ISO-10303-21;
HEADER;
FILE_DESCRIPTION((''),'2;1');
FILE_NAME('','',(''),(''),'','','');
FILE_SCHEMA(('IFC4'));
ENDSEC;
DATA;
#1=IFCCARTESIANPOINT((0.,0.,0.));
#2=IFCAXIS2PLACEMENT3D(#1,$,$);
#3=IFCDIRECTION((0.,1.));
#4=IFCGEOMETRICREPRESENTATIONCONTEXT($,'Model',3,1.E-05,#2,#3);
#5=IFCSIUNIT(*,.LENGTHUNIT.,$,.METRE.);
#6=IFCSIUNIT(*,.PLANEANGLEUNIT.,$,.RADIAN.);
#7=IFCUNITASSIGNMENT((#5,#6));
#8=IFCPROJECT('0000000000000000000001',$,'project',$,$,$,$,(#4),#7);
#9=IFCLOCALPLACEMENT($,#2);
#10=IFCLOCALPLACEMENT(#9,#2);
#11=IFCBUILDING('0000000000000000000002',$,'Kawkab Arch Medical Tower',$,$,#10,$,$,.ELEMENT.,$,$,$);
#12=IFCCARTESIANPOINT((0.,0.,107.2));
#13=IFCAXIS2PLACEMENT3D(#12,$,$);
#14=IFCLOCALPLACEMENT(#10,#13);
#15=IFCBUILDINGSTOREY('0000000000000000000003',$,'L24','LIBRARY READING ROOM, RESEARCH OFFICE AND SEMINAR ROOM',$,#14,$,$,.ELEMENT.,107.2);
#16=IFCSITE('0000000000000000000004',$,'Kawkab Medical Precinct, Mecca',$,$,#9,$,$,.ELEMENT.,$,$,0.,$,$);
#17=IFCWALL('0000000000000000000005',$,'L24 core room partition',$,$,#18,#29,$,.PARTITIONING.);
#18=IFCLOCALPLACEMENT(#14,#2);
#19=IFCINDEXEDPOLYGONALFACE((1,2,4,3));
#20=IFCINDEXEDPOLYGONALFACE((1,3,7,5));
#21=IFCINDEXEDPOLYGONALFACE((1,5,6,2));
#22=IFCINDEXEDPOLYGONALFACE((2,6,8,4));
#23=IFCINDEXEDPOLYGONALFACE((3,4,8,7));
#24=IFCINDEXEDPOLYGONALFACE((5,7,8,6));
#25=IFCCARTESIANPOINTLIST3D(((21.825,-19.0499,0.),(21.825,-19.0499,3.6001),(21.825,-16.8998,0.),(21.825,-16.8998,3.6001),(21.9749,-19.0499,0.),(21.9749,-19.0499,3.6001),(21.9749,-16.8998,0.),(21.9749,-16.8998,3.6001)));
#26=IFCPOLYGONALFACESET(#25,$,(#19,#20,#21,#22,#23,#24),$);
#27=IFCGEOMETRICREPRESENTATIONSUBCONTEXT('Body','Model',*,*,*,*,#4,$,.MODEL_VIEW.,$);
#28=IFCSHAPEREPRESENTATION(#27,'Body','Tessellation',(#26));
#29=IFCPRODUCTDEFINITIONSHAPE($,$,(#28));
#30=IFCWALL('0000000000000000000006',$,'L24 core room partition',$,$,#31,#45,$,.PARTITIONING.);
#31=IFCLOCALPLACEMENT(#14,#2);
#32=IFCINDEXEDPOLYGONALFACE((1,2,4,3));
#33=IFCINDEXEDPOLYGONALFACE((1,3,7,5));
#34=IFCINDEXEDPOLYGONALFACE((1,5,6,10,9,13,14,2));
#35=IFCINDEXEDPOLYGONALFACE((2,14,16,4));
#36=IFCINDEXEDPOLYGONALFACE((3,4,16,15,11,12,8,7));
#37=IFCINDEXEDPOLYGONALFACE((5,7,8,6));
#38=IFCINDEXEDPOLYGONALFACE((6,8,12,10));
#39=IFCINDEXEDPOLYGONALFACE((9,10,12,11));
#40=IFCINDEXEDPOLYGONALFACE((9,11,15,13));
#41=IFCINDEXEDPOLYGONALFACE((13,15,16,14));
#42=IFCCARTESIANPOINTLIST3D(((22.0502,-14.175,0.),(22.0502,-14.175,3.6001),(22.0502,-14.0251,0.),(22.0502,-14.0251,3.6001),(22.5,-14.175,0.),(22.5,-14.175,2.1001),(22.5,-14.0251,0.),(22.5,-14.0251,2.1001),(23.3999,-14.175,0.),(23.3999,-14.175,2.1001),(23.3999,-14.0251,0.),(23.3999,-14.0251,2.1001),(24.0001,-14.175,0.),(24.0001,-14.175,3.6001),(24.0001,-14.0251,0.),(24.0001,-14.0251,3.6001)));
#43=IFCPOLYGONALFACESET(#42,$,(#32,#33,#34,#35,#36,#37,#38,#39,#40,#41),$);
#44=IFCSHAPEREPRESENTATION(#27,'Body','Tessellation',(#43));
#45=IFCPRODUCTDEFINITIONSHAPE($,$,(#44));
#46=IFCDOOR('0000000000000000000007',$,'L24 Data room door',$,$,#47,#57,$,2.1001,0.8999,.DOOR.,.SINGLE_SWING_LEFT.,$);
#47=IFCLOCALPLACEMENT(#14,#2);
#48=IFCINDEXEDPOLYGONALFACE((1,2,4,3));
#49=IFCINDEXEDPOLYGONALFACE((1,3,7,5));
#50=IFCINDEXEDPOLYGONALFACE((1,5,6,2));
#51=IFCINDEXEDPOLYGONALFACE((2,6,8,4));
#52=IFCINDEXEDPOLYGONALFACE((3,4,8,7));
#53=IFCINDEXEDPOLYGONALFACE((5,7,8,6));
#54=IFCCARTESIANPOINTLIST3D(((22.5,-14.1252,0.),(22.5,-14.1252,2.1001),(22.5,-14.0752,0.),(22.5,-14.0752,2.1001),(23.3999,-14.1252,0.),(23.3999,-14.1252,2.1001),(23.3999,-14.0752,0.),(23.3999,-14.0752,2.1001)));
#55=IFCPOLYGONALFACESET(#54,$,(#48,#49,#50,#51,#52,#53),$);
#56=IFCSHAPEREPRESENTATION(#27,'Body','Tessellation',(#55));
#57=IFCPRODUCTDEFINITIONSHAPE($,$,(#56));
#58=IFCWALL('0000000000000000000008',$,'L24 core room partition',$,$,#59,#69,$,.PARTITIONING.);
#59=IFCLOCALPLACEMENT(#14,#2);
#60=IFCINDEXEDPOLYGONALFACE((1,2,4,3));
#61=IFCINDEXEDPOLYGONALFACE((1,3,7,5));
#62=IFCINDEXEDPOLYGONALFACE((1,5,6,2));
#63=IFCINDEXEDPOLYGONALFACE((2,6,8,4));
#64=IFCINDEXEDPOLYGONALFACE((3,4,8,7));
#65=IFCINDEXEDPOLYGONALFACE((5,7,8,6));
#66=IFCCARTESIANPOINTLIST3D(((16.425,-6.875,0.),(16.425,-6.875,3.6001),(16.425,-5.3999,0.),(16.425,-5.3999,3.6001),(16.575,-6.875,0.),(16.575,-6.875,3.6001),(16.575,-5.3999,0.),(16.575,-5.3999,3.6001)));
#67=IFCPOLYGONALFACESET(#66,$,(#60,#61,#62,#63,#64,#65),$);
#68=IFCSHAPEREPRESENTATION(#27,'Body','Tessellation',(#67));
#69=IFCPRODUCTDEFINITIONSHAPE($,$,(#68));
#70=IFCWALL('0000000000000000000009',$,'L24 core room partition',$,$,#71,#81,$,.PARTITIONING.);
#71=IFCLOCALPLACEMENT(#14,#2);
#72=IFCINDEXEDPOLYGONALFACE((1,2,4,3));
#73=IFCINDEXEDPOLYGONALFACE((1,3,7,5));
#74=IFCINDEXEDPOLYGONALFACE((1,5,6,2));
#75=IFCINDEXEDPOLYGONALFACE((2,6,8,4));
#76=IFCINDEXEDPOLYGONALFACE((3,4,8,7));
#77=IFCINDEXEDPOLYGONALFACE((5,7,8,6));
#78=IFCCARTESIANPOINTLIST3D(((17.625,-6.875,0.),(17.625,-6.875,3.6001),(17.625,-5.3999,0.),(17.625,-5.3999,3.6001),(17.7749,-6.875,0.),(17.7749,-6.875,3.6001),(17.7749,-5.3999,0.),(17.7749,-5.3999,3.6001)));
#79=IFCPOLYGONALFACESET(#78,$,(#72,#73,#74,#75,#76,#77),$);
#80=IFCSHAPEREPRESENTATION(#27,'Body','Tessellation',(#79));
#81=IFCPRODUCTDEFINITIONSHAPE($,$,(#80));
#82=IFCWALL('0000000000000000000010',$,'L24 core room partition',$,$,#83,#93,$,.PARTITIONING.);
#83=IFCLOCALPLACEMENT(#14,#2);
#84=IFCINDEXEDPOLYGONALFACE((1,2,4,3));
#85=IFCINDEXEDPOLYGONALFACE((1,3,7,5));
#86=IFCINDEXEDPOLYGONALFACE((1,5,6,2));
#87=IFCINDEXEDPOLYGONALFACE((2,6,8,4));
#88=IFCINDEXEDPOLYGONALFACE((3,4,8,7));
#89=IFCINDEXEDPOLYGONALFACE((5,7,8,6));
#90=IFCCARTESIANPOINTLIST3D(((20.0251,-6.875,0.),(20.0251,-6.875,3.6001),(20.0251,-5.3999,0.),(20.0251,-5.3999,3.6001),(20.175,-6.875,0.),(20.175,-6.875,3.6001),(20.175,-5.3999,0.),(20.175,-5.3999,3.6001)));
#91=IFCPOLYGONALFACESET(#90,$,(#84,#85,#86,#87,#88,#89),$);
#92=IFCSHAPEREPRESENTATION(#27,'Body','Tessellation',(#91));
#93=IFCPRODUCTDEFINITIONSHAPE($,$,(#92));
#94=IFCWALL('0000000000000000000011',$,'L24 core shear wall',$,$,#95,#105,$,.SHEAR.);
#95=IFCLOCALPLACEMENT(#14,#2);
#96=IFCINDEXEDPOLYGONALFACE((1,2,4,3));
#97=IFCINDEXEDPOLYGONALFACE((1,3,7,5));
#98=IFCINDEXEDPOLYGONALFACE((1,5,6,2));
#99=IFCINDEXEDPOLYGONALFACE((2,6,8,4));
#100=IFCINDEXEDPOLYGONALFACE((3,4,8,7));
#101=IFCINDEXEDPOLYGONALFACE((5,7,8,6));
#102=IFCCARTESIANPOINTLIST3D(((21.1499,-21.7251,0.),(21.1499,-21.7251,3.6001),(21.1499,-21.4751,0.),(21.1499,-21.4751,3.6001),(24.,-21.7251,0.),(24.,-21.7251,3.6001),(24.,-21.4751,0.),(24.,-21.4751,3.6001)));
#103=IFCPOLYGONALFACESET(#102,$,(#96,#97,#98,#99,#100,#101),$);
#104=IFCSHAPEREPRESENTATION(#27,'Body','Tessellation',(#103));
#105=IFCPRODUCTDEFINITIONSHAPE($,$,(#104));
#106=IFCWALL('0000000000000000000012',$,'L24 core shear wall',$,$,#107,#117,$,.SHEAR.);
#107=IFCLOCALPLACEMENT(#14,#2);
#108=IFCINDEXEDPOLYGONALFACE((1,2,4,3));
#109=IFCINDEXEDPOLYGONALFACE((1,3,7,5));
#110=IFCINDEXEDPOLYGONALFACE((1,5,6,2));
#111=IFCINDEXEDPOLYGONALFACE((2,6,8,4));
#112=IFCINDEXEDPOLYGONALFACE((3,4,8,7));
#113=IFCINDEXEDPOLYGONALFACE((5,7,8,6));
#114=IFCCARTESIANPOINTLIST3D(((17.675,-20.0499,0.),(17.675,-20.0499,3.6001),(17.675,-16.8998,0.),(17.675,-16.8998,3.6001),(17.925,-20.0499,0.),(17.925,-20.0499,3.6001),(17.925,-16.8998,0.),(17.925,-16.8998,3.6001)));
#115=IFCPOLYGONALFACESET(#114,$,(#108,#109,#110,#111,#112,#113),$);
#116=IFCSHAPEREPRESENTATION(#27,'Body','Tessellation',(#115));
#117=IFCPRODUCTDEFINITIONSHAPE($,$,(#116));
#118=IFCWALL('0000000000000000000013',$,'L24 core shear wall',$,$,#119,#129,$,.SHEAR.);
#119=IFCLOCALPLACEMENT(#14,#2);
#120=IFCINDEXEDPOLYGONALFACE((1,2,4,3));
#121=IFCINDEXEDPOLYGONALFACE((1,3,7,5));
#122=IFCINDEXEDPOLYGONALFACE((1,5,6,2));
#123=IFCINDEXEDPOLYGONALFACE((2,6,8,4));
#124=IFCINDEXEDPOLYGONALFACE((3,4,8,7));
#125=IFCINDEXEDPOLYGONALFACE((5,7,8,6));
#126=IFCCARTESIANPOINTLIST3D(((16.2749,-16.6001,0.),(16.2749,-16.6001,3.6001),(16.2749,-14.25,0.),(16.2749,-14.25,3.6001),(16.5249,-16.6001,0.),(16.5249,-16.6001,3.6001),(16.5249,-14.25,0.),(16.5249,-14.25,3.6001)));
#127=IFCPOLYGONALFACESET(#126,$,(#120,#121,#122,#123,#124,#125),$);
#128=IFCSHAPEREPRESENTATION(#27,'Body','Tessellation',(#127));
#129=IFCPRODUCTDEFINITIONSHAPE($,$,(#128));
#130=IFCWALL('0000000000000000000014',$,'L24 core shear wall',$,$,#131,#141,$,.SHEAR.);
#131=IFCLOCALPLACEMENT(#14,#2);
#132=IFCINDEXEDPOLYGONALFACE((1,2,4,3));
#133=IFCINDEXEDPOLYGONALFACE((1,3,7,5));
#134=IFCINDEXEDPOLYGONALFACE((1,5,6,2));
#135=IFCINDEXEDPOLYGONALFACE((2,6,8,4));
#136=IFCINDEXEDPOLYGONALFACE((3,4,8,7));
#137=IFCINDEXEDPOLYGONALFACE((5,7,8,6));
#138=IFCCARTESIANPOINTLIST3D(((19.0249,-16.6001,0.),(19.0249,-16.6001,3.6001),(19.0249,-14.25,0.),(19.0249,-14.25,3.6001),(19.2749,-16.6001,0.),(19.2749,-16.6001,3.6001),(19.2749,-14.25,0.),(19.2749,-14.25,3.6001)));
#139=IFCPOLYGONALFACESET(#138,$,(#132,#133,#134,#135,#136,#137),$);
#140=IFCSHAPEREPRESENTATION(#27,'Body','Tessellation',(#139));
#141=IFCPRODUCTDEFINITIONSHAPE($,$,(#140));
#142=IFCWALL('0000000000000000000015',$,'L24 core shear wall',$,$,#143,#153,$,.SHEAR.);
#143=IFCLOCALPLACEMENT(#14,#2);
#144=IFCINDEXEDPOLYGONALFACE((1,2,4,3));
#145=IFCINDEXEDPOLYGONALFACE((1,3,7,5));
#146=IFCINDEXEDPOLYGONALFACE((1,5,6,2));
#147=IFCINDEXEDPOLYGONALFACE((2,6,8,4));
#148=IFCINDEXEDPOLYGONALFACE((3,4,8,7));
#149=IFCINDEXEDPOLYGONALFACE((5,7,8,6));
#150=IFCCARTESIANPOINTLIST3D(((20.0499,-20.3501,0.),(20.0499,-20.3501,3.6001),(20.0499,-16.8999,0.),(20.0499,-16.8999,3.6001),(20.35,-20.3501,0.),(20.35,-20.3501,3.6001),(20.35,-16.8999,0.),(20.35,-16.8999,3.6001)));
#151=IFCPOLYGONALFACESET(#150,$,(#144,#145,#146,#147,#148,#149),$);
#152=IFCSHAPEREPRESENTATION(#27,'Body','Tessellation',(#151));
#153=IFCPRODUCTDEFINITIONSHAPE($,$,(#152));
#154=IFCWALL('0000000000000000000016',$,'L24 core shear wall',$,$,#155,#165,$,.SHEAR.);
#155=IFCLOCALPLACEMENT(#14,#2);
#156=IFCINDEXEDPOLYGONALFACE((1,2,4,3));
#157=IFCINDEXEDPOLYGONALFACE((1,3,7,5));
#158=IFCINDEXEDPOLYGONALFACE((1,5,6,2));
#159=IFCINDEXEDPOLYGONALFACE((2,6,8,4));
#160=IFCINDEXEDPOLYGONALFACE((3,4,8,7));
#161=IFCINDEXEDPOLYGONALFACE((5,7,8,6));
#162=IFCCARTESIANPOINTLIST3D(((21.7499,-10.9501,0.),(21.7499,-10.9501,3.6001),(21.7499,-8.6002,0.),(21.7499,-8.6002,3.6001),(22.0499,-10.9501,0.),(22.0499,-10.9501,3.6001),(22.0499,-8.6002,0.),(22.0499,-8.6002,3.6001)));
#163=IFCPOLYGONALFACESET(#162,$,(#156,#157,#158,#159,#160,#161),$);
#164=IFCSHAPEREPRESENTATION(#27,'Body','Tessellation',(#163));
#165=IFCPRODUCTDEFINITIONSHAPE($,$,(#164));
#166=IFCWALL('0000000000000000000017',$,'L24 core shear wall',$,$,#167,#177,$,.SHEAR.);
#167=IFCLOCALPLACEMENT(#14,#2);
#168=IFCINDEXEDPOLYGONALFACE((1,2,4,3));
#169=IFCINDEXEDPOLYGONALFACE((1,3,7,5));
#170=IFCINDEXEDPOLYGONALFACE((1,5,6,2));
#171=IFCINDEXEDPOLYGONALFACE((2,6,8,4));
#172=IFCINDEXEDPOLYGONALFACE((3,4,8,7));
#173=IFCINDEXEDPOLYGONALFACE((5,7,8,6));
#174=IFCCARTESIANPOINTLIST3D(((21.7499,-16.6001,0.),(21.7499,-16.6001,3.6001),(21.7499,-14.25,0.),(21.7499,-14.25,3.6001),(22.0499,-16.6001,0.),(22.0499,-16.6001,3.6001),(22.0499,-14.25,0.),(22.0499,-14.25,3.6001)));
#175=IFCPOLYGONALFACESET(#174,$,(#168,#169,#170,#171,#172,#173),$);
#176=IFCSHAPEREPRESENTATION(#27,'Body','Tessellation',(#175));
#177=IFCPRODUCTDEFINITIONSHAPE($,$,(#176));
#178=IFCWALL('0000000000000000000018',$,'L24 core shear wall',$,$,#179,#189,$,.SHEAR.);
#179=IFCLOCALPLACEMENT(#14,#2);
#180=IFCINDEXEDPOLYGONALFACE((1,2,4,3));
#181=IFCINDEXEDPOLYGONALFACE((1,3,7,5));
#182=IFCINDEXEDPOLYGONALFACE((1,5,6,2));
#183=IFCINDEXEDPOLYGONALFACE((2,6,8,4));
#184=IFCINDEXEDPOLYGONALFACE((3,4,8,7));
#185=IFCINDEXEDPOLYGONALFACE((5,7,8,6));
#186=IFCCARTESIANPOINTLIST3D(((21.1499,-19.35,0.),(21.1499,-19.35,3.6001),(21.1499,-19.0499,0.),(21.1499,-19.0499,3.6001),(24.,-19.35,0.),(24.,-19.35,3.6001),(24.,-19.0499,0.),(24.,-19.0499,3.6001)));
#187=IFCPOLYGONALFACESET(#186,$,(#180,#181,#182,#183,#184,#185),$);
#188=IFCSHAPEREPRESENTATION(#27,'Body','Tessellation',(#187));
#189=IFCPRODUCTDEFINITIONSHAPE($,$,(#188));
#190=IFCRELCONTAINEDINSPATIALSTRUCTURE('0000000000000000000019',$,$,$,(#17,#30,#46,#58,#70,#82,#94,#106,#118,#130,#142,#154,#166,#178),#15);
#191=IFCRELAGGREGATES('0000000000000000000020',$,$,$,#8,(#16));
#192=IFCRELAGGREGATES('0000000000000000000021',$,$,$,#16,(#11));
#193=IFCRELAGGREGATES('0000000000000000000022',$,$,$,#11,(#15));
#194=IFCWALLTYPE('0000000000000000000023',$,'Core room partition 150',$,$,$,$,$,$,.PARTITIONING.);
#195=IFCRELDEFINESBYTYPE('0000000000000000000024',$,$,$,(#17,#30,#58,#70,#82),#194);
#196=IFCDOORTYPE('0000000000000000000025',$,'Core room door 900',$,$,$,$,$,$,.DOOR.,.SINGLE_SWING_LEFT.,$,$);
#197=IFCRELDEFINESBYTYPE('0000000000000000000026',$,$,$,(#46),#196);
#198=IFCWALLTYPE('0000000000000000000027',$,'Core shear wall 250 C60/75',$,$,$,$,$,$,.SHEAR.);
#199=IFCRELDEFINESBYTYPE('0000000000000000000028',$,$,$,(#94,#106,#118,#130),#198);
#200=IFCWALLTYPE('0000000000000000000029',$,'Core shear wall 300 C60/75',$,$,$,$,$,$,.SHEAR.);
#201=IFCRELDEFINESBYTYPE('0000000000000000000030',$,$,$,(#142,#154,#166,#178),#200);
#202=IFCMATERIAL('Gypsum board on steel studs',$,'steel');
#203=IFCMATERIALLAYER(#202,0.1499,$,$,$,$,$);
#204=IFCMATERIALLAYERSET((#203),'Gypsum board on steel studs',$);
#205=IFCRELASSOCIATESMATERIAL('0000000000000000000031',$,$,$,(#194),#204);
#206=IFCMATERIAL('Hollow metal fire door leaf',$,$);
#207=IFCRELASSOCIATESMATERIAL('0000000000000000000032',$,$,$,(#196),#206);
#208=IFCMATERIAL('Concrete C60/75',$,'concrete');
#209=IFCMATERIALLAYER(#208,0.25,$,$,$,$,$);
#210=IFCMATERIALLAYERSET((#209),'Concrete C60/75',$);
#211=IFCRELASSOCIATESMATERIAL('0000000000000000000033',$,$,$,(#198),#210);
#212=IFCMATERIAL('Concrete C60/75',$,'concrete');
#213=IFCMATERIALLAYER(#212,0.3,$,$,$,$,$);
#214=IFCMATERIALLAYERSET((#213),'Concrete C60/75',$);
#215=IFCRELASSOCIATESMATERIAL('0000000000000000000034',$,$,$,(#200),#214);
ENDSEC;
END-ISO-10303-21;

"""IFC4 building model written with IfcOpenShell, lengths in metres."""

from ifc_helpers import new_model, si_unit, direction, frame, frame_2d, origin, place, context, subcontext, project, spatial, rectangle, extrude, material, layer, layer_set, type_object, element, fill, save


model = new_model("IFC4")

# Units and contexts
model_context = context("Model", 3, precision=1e-05, world=origin(), true_north=direction((0.0, 1.0)))
body_context = subcontext(model_context, "Body", "Model", "MODEL_VIEW")
ifc_project = project(units=[si_unit("LENGTHUNIT", "METRE"), si_unit("PLANEANGLEUNIT", "RADIAN")], contexts=[model_context])

# Site, building, storey
site_placement = place(None, origin())
site = spatial("IfcSite", under=ifc_project, at=site_placement, Name="Kawkab Medical Precinct, Mecca", CompositionType="ELEMENT", RefElevation=0.0)
building_placement = place(site_placement, origin())
building = spatial("IfcBuilding", under=site, at=building_placement, Name="Kawkab Arch Medical Tower", CompositionType="ELEMENT")
storey_placement = place(building_placement, frame((0.0, 0.0, 107.2)))
storey = spatial("IfcBuildingStorey", under=building, at=storey_placement, Name="L24", Description="LIBRARY READING ROOM, RESEARCH OFFICE AND SEMINAR ROOM", CompositionType="ELEMENT", Elevation=107.2)

# Wall
ifc_material_1 = material(Name="Gypsum board on steel studs", Category="steel")
ifc_layer_1 = layer(ifc_material_1, 0.1499)
ifc_layer_set_1 = layer_set([ifc_layer_1], Name="Gypsum board on steel studs")
wall_type_1 = type_object("IfcWallType", Name="Core room partition 150", PredefinedType="PARTITIONING", material=ifc_layer_set_1)
wall_1_placement = place(storey_placement, frame((21.8999, -19.05, 0.0), z_axis=(0.0, 0.0, 1.0), x_axis=(0.0, 1.0, 0.0)))
element("IfcWall", 1, at=wall_1_placement, inside=storey, type_object=wall_type_1, Name="L24 core room partition", PredefinedType="PARTITIONING", context=body_context, shape_type="SweptSolid", body=[
    extrude(rectangle(XDim=2.1501, YDim=0.1499, at=frame_2d((1.0752, 0.0))), origin(), (0.0, 0.0, 1.0), 3.6001),
])

# Wall, opening, door
wall_2_placement = place(storey_placement, frame((22.05, -14.1001, 0.0), z_axis=(0.0, 0.0, 1.0), x_axis=(1.0, 0.0, 0.0)))
wall_2 = element("IfcWall", 2, at=wall_2_placement, inside=storey, type_object=wall_type_1, Name="L24 core room partition", PredefinedType="PARTITIONING", context=body_context, shape_type="SweptSolid", body=[
    extrude(rectangle(XDim=1.95, YDim=0.1499, at=frame_2d((0.9751, 0.0))), origin(), (0.0, 0.0, 1.0), 3.6001),
])
opening_placement = place(wall_2_placement, frame((0.45, 0.0, 0.0)))
opening = element("IfcOpeningElement", 3, at=opening_placement, cuts=wall_2, PredefinedType="OPENING", context=body_context, shape_type="SweptSolid", body=[
    extrude(rectangle(XDim=0.8999, YDim=2.1001, at=frame_2d((0.45, 1.05))), frame((0.0, 0.085, 0.0), z_axis=(0.0, -1.0, 0.0), x_axis=(1.0, 0.0, 0.0)), (0.0, 0.0, 1.0), 0.1699),
])
ifc_material_2 = material(Name="Hollow metal fire door leaf")
door_type = type_object("IfcDoorType", Name="Core room door 900", OperationType="SINGLE_SWING_LEFT", PredefinedType="DOOR", material=ifc_material_2)
door_placement = place(opening_placement, origin())
door = element("IfcDoor", 4, at=door_placement, inside=storey, type_object=door_type, Name="L24 Data room door", OperationType="SINGLE_SWING_LEFT", OverallHeight=2.1001, OverallWidth=0.8999, PredefinedType="DOOR", context=body_context, shape_type="SweptSolid", body=[
    extrude(rectangle(XDim=0.8999, YDim=2.1001, at=frame_2d((0.45, 1.05))), frame((0.0, 0.0249, 0.0), z_axis=(0.0, -1.0, 0.0), x_axis=(1.0, 0.0, 0.0)), (0.0, 0.0, 1.0), 0.05),
])
fill(opening, door)

# Walls
for number, where, z_axis, x_axis, name in (
    (5, (16.5, -6.875, 0.0), (0.0, 0.0, 1.0), (0.0, 1.0, 0.0), "L24 core room partition"),
    (6, (17.7, -6.875, 0.0), (0.0, 0.0, 1.0), (0.0, 1.0, 0.0), "L24 core room partition"),
    (7, (20.1001, -6.875, 0.0), (0.0, 0.0, 1.0), (0.0, 1.0, 0.0), "L24 core room partition"),
):
    element("IfcWall", number, at=place(storey_placement, frame(where, z_axis=z_axis, x_axis=x_axis)), inside=storey, type_object=wall_type_1, Name=name, PredefinedType="PARTITIONING", context=body_context, shape_type="SweptSolid", body=[
        extrude(rectangle(XDim=1.4751, YDim=0.1499, at=frame_2d((0.7375, 0.0))), origin(), (0.0, 0.0, 1.0), 3.6001),
    ])
ifc_material_3 = material(Name="Concrete C60/75", Category="concrete")
ifc_layer_2 = layer(ifc_material_3, 0.25)
ifc_layer_set_2 = layer_set([ifc_layer_2], Name="Concrete C60/75")
wall_type_2 = type_object("IfcWallType", Name="Core shear wall 250 C60/75", PredefinedType="SHEAR", material=ifc_layer_set_2)
wall_3_placement = place(storey_placement, frame((21.1499, -21.6001, 0.0), z_axis=(0.0, 0.0, 1.0), x_axis=(1.0, 0.0, 0.0)))
element("IfcWall", 8, at=wall_3_placement, inside=storey, type_object=wall_type_2, Name="L24 core shear wall", PredefinedType="SHEAR", context=body_context, shape_type="SweptSolid", body=[
    extrude(rectangle(XDim=2.8501, YDim=0.25, at=frame_2d((1.425, 0.0))), origin(), (0.0, 0.0, 1.0), 3.6001),
])
wall_4_placement = place(storey_placement, frame((17.8, -20.05, 0.0), z_axis=(0.0, 0.0, 1.0), x_axis=(0.0, 1.0, 0.0)))
element("IfcWall", 9, at=wall_4_placement, inside=storey, type_object=wall_type_2, Name="L24 core shear wall", PredefinedType="SHEAR", context=body_context, shape_type="SweptSolid", body=[
    extrude(rectangle(XDim=3.1501, YDim=0.25, at=frame_2d((1.5752, 0.0))), origin(), (0.0, 0.0, 1.0), 3.6001),
])
for number, where, z_axis, x_axis, name in (
    (10, (16.3999, -16.6001, 0.0), (0.0, 0.0, 1.0), (0.0, 1.0, 0.0), "L24 core shear wall"),
    (11, (19.1499, -16.6001, 0.0), (0.0, 0.0, 1.0), (0.0, 1.0, 0.0), "L24 core shear wall"),
):
    element("IfcWall", number, at=place(storey_placement, frame(where, z_axis=z_axis, x_axis=x_axis)), inside=storey, type_object=wall_type_2, Name=name, PredefinedType="SHEAR", context=body_context, shape_type="SweptSolid", body=[
        extrude(rectangle(XDim=2.3501, YDim=0.25, at=frame_2d((1.175, 0.0))), origin(), (0.0, 0.0, 1.0), 3.6001),
    ])
ifc_material_4 = material(Name="Concrete C60/75", Category="concrete")
ifc_layer_3 = layer(ifc_material_4, 0.3)
ifc_layer_set_3 = layer_set([ifc_layer_3], Name="Concrete C60/75")
wall_type_3 = type_object("IfcWallType", Name="Core shear wall 300 C60/75", PredefinedType="SHEAR", material=ifc_layer_set_3)
wall_5_placement = place(storey_placement, frame((20.2, -20.3501, 0.0), z_axis=(0.0, 0.0, 1.0), x_axis=(0.0, 1.0, 0.0)))
element("IfcWall", 12, at=wall_5_placement, inside=storey, type_object=wall_type_3, Name="L24 core shear wall", PredefinedType="SHEAR", context=body_context, shape_type="SweptSolid", body=[
    extrude(rectangle(XDim=3.4502, YDim=0.3, at=frame_2d((1.7251, 0.0))), origin(), (0.0, 0.0, 1.0), 3.6001),
])
wall_6_placement = place(storey_placement, frame((21.8999, -10.95, 0.0), z_axis=(0.0, 0.0, 1.0), x_axis=(0.0, 1.0, 0.0)))
element("IfcWall", 13, at=wall_6_placement, inside=storey, type_object=wall_type_3, Name="L24 core shear wall", PredefinedType="SHEAR", context=body_context, shape_type="SweptSolid", body=[
    extrude(rectangle(XDim=2.3499, YDim=0.3, at=frame_2d((1.1748, 0.0))), origin(), (0.0, 0.0, 1.0), 3.6001),
])
wall_7_placement = place(storey_placement, frame((21.8999, -16.6001, 0.0), z_axis=(0.0, 0.0, 1.0), x_axis=(0.0, 1.0, 0.0)))
element("IfcWall", 14, at=wall_7_placement, inside=storey, type_object=wall_type_3, Name="L24 core shear wall", PredefinedType="SHEAR", context=body_context, shape_type="SweptSolid", body=[
    extrude(rectangle(XDim=2.3501, YDim=0.3, at=frame_2d((1.175, 0.0))), origin(), (0.0, 0.0, 1.0), 3.6001),
])
wall_8_placement = place(storey_placement, frame((21.1499, -19.2, 0.0), z_axis=(0.0, 0.0, 1.0), x_axis=(1.0, 0.0, 0.0)))
element("IfcWall", 15, at=wall_8_placement, inside=storey, type_object=wall_type_3, Name="L24 core shear wall", PredefinedType="SHEAR", context=body_context, shape_type="SweptSolid", body=[
    extrude(rectangle(XDim=2.8501, YDim=0.3, at=frame_2d((1.425, 0.0))), origin(), (0.0, 0.0, 1.0), 3.6001),
])

save(model, "model.ifc")
